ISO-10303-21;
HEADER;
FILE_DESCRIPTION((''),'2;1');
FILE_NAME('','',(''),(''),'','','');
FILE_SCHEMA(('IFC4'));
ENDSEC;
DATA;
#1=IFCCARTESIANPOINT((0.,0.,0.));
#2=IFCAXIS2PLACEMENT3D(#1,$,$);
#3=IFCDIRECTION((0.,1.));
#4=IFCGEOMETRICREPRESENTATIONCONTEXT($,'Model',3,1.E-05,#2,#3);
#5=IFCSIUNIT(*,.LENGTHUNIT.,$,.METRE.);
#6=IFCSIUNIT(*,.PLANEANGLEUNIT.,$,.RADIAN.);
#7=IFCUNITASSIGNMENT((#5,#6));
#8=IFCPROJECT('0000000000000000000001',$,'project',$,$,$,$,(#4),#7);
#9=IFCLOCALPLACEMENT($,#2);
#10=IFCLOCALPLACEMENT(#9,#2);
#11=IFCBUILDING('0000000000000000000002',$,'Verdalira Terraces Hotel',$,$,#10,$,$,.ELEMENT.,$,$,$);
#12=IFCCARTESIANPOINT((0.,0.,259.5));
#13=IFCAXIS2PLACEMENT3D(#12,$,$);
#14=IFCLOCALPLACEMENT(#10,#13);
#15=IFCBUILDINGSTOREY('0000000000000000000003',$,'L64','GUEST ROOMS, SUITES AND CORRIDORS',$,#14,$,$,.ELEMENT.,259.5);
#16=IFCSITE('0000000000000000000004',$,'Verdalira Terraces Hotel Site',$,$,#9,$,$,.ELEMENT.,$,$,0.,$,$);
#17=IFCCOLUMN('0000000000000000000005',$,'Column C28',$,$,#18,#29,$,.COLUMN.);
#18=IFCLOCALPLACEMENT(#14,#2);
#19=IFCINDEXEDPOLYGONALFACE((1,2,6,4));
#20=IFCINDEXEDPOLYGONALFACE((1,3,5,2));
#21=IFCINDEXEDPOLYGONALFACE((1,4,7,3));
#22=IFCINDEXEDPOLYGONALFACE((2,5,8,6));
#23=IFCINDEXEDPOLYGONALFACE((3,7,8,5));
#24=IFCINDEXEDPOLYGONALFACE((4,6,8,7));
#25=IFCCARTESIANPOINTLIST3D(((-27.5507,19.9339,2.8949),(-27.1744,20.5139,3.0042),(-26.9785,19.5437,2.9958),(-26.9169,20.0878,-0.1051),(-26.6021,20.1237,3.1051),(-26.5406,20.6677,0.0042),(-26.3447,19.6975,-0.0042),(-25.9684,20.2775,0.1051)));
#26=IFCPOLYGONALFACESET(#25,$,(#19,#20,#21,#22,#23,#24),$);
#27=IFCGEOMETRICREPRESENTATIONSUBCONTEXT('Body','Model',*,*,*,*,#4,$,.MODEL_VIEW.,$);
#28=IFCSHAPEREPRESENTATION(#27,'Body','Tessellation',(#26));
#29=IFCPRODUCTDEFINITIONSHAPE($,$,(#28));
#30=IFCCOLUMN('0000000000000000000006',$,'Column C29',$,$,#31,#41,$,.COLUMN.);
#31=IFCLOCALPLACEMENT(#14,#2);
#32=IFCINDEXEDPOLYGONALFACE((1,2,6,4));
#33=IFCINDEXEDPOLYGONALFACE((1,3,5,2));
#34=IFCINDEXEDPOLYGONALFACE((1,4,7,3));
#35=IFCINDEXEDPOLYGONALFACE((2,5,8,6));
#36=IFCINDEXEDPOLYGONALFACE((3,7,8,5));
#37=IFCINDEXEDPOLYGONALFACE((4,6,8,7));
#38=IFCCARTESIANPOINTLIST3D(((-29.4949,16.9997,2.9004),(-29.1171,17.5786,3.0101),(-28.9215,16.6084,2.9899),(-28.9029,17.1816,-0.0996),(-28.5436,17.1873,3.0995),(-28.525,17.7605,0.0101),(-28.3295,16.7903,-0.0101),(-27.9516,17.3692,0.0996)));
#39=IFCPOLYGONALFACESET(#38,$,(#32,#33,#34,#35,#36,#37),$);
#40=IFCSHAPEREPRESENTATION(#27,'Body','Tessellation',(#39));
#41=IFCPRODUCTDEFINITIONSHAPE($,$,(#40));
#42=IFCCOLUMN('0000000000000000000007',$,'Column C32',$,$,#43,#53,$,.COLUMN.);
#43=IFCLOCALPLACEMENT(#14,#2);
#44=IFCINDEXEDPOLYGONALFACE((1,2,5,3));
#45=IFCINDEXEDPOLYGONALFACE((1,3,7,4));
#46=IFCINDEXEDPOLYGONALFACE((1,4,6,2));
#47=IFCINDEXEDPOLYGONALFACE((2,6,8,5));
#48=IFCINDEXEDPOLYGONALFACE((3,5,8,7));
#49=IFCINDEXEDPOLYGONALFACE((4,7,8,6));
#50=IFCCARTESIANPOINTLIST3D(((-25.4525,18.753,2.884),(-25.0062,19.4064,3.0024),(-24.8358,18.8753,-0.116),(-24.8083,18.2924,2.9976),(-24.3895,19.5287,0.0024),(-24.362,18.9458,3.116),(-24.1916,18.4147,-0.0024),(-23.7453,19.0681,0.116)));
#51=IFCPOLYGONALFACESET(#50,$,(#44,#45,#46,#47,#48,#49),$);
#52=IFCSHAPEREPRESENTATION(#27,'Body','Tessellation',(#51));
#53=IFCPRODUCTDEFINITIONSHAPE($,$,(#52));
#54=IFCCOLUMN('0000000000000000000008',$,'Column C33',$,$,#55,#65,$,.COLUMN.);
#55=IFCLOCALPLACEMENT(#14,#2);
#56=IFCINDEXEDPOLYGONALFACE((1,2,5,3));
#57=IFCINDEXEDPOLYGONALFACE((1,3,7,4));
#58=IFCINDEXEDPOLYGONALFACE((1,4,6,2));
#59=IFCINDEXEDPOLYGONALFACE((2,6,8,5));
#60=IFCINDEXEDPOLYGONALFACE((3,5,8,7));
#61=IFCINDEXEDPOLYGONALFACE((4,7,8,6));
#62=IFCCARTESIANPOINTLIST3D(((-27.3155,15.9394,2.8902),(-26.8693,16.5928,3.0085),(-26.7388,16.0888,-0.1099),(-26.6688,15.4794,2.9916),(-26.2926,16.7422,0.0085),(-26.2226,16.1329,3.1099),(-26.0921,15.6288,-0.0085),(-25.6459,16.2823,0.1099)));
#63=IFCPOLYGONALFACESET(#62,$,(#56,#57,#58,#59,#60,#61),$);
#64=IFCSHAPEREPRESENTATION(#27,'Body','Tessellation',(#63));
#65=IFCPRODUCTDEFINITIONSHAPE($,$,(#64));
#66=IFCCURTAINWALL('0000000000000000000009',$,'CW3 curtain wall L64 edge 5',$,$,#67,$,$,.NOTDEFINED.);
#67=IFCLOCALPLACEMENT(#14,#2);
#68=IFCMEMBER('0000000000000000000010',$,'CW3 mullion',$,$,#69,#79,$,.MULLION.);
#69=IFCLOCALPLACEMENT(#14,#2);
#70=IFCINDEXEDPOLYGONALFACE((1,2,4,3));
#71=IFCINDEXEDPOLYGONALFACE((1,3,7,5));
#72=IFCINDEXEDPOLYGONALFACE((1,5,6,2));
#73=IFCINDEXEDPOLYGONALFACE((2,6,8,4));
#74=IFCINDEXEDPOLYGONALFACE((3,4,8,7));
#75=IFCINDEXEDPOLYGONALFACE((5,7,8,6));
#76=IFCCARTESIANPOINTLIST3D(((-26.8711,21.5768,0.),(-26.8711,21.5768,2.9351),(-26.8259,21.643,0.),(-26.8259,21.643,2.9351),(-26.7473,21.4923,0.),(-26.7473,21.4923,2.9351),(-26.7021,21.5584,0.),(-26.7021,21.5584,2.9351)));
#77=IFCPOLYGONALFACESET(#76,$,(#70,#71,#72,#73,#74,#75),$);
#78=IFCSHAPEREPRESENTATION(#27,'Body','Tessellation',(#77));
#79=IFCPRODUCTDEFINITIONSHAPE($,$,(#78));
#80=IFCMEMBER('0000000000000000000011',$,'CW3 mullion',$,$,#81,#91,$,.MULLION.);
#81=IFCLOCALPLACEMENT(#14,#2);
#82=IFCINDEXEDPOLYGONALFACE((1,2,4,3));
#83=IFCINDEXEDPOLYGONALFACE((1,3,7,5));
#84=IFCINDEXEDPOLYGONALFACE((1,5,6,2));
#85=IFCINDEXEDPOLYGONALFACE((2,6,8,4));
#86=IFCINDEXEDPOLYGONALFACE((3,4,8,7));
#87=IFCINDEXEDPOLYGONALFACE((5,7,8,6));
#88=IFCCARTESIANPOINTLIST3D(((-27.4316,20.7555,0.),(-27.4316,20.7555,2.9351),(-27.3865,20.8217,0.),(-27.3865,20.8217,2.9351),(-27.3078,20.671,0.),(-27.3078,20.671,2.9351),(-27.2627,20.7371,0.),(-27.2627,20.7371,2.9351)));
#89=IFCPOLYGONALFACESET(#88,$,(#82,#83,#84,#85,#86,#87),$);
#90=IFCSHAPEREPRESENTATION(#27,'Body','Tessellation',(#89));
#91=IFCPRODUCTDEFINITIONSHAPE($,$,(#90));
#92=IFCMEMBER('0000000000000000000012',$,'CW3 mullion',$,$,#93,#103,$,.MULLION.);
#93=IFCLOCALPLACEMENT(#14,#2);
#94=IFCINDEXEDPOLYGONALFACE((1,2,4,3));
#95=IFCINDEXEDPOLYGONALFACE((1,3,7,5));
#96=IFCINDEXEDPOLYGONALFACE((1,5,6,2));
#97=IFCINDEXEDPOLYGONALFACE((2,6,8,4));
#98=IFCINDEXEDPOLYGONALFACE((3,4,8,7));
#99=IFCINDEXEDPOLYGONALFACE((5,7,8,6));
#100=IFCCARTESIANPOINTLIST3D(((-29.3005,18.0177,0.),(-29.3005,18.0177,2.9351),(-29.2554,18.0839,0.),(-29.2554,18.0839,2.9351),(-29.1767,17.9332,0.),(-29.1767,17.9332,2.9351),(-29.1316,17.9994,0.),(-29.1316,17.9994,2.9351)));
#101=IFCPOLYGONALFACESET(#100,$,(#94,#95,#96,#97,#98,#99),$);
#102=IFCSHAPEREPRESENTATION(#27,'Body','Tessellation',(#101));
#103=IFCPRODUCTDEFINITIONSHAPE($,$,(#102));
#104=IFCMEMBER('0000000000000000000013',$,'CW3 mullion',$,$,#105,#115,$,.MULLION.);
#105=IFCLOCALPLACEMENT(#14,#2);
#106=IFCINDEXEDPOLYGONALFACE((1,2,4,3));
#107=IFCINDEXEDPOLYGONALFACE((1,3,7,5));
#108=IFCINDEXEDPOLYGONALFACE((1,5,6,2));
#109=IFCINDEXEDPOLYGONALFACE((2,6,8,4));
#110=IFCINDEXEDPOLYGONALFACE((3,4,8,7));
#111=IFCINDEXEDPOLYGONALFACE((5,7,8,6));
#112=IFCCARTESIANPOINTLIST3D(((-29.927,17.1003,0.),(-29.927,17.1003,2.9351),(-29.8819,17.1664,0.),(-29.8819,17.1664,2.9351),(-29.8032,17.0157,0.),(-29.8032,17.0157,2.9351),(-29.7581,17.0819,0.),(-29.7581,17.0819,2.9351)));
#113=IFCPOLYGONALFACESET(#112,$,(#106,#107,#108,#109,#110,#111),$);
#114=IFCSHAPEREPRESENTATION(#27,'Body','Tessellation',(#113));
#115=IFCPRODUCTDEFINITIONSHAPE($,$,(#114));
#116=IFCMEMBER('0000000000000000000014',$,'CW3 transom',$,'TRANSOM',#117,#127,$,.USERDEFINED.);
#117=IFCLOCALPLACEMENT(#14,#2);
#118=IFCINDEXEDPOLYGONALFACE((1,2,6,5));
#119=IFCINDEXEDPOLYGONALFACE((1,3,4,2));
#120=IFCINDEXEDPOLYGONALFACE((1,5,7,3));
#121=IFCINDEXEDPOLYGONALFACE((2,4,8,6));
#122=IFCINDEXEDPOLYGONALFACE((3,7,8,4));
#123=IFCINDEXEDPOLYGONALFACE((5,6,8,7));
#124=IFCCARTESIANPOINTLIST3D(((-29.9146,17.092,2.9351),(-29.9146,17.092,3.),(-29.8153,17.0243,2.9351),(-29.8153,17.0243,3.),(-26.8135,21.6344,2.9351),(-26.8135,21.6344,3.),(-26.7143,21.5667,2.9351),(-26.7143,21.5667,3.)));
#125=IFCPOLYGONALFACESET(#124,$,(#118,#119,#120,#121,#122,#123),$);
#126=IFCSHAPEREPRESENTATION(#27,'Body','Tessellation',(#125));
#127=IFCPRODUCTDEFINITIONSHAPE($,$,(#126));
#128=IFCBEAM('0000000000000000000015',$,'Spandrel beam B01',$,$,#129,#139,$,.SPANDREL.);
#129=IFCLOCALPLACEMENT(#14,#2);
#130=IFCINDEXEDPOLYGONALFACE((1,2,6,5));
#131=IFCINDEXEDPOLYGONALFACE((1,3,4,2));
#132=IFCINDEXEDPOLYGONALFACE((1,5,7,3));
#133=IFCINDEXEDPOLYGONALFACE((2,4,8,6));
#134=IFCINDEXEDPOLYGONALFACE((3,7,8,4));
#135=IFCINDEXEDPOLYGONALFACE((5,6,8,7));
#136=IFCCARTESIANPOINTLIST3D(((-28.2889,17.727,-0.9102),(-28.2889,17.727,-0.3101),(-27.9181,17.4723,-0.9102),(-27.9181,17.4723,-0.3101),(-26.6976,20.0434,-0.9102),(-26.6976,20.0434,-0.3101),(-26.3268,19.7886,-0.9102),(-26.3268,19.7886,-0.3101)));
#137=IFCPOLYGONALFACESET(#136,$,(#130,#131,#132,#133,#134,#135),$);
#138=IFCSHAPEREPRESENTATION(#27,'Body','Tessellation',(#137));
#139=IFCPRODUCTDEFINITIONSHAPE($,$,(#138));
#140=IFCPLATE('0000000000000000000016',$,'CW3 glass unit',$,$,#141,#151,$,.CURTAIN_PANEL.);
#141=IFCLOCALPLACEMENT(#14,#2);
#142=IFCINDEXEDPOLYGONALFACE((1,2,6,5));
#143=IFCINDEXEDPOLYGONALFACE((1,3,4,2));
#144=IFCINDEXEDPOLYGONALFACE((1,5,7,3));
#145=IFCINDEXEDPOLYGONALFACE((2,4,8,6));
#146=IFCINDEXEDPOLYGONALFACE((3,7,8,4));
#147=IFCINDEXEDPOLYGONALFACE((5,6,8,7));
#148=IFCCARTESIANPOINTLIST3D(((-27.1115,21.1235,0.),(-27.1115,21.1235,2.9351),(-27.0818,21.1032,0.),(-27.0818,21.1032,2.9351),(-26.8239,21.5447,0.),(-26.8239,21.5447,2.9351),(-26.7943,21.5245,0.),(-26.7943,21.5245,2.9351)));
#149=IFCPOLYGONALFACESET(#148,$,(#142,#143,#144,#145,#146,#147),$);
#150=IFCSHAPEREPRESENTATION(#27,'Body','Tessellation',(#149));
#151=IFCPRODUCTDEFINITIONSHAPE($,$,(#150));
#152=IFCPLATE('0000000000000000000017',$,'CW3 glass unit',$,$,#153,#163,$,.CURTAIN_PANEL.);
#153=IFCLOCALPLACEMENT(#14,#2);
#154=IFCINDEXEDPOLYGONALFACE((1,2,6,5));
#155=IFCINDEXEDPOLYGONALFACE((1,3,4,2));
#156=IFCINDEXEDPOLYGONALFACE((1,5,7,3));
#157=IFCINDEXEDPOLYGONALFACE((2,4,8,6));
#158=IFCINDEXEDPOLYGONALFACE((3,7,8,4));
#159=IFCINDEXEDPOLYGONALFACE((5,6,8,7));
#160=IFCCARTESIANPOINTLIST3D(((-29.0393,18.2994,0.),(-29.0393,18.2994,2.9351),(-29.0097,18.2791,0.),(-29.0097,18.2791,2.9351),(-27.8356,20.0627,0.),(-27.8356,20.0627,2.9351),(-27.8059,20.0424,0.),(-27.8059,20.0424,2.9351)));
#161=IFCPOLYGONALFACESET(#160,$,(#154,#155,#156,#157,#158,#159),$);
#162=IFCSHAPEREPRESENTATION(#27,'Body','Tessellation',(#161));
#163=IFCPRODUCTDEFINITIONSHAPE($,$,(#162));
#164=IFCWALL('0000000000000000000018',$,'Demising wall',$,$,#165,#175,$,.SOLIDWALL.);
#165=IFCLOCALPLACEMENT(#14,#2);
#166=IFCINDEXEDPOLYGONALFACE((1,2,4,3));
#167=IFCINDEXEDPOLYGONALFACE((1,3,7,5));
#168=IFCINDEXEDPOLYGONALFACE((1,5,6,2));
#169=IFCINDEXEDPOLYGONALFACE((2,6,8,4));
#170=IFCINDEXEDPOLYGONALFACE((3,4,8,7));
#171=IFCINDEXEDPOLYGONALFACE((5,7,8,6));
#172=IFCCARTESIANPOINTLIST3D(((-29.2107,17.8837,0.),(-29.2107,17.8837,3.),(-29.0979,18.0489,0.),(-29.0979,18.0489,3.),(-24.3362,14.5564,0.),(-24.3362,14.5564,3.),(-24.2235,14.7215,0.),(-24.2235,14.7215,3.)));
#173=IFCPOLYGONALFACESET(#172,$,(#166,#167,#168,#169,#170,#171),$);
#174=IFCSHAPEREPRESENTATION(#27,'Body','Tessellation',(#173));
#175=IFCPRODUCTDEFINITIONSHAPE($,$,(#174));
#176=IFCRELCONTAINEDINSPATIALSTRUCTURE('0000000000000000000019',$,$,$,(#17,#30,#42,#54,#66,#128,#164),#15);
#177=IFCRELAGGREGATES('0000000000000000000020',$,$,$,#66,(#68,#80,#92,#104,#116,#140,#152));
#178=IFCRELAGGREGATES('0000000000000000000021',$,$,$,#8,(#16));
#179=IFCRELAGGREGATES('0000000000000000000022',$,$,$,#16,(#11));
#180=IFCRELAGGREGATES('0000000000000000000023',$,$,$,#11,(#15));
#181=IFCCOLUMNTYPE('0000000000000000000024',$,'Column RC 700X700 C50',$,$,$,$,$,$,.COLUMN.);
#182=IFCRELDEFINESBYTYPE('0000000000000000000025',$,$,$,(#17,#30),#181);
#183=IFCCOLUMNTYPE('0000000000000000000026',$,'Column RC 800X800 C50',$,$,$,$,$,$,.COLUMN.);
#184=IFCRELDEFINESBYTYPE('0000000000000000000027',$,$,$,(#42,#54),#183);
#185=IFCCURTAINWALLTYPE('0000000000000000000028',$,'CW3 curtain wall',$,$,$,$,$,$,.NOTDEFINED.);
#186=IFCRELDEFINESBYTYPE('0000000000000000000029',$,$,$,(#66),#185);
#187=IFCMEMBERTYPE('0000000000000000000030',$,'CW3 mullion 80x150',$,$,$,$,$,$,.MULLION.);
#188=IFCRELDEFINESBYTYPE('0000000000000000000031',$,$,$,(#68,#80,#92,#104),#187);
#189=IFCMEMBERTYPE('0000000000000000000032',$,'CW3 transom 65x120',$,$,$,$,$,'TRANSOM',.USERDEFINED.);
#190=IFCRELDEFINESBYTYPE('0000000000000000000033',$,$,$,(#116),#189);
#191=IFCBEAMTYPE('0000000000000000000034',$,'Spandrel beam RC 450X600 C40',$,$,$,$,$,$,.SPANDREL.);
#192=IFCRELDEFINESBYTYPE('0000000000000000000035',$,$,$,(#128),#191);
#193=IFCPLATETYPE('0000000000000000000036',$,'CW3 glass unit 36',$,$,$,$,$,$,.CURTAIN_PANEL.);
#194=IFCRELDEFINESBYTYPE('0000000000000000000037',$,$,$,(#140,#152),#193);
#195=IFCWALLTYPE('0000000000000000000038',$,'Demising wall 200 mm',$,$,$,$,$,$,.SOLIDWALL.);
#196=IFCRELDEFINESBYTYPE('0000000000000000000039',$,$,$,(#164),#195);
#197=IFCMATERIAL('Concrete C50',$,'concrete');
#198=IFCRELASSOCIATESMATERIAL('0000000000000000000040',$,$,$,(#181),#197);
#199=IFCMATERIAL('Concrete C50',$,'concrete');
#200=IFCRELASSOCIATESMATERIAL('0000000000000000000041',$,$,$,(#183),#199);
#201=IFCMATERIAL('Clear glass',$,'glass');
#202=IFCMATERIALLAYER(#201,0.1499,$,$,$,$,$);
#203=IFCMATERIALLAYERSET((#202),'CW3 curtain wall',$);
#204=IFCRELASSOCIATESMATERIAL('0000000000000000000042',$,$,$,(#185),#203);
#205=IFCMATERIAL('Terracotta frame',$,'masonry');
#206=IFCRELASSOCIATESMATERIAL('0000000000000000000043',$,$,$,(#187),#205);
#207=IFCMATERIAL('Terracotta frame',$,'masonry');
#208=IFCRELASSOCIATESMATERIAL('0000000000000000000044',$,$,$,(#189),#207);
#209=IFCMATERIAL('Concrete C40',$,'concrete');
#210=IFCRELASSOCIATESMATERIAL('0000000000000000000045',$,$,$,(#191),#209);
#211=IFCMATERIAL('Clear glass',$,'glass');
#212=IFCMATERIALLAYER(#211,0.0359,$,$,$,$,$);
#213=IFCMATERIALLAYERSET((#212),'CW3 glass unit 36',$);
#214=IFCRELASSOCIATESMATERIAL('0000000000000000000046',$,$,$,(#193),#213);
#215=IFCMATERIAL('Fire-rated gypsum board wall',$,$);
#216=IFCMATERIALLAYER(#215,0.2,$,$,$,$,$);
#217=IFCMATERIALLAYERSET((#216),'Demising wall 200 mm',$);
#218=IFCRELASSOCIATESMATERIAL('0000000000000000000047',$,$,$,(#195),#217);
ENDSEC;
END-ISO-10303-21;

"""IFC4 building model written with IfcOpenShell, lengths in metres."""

from ifc_helpers import new_model, si_unit, direction, frame, frame_2d, origin, origin_2d, place, context, subcontext, project, spatial, rectangle, extrude, material, layer, layer_set, material_profile, profile_set, type_object, element, aggregate, save


model = new_model("IFC4")

# Units and contexts
model_context = context("Model", 3, precision=1e-05, world=origin(), true_north=direction((0.0, 1.0)))
body_context = subcontext(model_context, "Body", "Model", "MODEL_VIEW")
ifc_project = project(units=[si_unit("LENGTHUNIT", "METRE"), si_unit("PLANEANGLEUNIT", "RADIAN")], contexts=[model_context])

# Site, building, storey
site_placement = place(None, origin())
site = spatial("IfcSite", under=ifc_project, at=site_placement, Name="Verdalira Terraces Hotel Site", CompositionType="ELEMENT", RefElevation=0.0)
building_placement = place(site_placement, origin())
building = spatial("IfcBuilding", under=site, at=building_placement, Name="Verdalira Terraces Hotel", CompositionType="ELEMENT")
storey_placement = place(building_placement, frame((0.0, 0.0, 259.5)))
storey = spatial("IfcBuildingStorey", under=building, at=storey_placement, Name="L64", Description="GUEST ROOMS, SUITES AND CORRIDORS", CompositionType="ELEMENT", Elevation=259.5)

# Columns
ifc_material_1 = material(Name="Concrete C50", Category="concrete")
ifc_material_profile_1 = material_profile(ifc_material_1, rectangle(XDim=0.7, YDim=0.7, at=origin_2d()), Name="RC 700X700")
ifc_profile_set_1 = profile_set([ifc_material_profile_1], Name="Concrete C50")
column_type_1 = type_object("IfcColumnType", Name="Column RC 700X700 C50", PredefinedType="COLUMN", material=ifc_profile_set_1)
column_1_placement = place(storey_placement, frame((-26.4426, 20.1826, 0.0), z_axis=(-0.206441, -0.050099, 0.977176), x_axis=(-0.537612, -0.828625, -0.156061)))
element("IfcColumn", 1, at=column_1_placement, inside=storey, type_object=column_type_1, Name="Column C28", PredefinedType="COLUMN", context=body_context, shape_type="SweptSolid", body=[
    extrude(rectangle(XDim=0.7, YDim=0.7, at=origin_2d()), origin(), (0.0, 0.0, 1.0), 3.0701),
])
column_2_placement = place(storey_placement, frame((-28.4272, 17.2754, 0.0), z_axis=(-0.193271, -0.059376, 0.979347), x_axis=(-0.53986, -0.827044, -0.156682)))
element("IfcColumn", 2, at=column_2_placement, inside=storey, type_object=column_type_1, Name="Column C29", PredefinedType="COLUMN", context=body_context, shape_type="SweptSolid", body=[
    extrude(rectangle(XDim=0.7, YDim=0.7, at=origin_2d()), origin(), (0.0, 0.0, 1.0), 3.0632),
])
ifc_material_2 = material(Name="Concrete C50", Category="concrete")
ifc_material_profile_2 = material_profile(ifc_material_2, rectangle(XDim=0.8, YDim=0.8, at=origin_2d()), Name="RC 800X800")
ifc_profile_set_2 = profile_set([ifc_material_profile_2], Name="Concrete C50")
column_type_2 = type_object("IfcColumnType", Name="Column RC 800X800 C50", PredefinedType="COLUMN", material=ifc_profile_set_2)
column_3_placement = place(storey_placement, frame((-24.2905, 18.9717, 0.0), z_axis=(-0.201196, -0.039905, 0.978738), x_axis=(-0.805215, 0.575717, -0.142052)))
element("IfcColumn", 3, at=column_3_placement, inside=storey, type_object=column_type_2, Name="Column C32", PredefinedType="COLUMN", context=body_context, shape_type="SweptSolid", body=[
    extrude(rectangle(XDim=0.8, YDim=0.8, at=origin_2d()), origin(), (0.0, 0.0, 1.0), 3.0652),
])
column_4_placement = place(storey_placement, frame((-26.1924, 16.1855, 0.0), z_axis=(-0.188539, -0.048851, 0.98085), x_axis=(-0.808333, 0.57492, -0.126744)))
element("IfcColumn", 4, at=column_4_placement, inside=storey, type_object=column_type_2, Name="Column C33", PredefinedType="COLUMN", context=body_context, shape_type="SweptSolid", body=[
    extrude(rectangle(XDim=0.8, YDim=0.8, at=origin_2d()), origin(), (0.0, 0.0, 1.0), 3.0586),
])

# Curtain wall, members
ifc_material_3 = material(Name="Clear glass", Category="glass")
ifc_layer_1 = layer(ifc_material_3, 0.1499)
ifc_layer_set_1 = layer_set([ifc_layer_1], Name="CW3 curtain wall")
curtain_wall_type = type_object("IfcCurtainWallType", Name="CW3 curtain wall", PredefinedType="NOTDEFINED", material=ifc_layer_set_1)
curtain_wall_placement = place(storey_placement, origin())
curtain_wall = element("IfcCurtainWall", 5, at=curtain_wall_placement, inside=storey, type_object=curtain_wall_type, Name="CW3 curtain wall L64 edge 5", PredefinedType="NOTDEFINED")
ifc_material_4 = material(Name="Terracotta frame", Category="masonry")
ifc_material_profile_3 = material_profile(ifc_material_4, rectangle(XDim=0.0801, YDim=0.1499, at=origin_2d()), Name="MU 80x150")
ifc_profile_set_3 = profile_set([ifc_material_profile_3], Name="Terracotta frame")
member_type_1 = type_object("IfcMemberType", Name="CW3 mullion 80x150", PredefinedType="MULLION", material=ifc_profile_set_3)
member_1_placement = place(storey_placement, frame((-26.7866, 21.5676, 0.0), z_axis=(0.0, 0.0, 1.0), x_axis=(-0.563814, -0.825902, 0.0)))
member_1 = element("IfcMember", 6, at=member_1_placement, type_object=member_type_1, Name="CW3 mullion", PredefinedType="MULLION", context=body_context, shape_type="SweptSolid", body=[
    extrude(rectangle(XDim=0.0801, YDim=0.1499, at=origin_2d()), origin(), (0.0, 0.0, 1.0), 2.9351),
])
member_2_placement = place(storey_placement, frame((-27.3472, 20.7463, 0.0), z_axis=(0.0, 0.0, 1.0), x_axis=(-0.563814, -0.825902, 0.0)))
member_2 = element("IfcMember", 7, at=member_2_placement, type_object=member_type_1, Name="CW3 mullion", PredefinedType="MULLION", context=body_context, shape_type="SweptSolid", body=[
    extrude(rectangle(XDim=0.0801, YDim=0.1499, at=origin_2d()), origin(), (0.0, 0.0, 1.0), 2.9351),
])
member_3_placement = place(storey_placement, frame((-29.2161, 18.0085, 0.0), z_axis=(0.0, 0.0, 1.0), x_axis=(-0.563814, -0.825902, 0.0)))
member_3 = element("IfcMember", 8, at=member_3_placement, type_object=member_type_1, Name="CW3 mullion", PredefinedType="MULLION", context=body_context, shape_type="SweptSolid", body=[
    extrude(rectangle(XDim=0.0801, YDim=0.1499, at=origin_2d()), origin(), (0.0, 0.0, 1.0), 2.9351),
])
member_4_placement = place(storey_placement, frame((-29.8425, 17.0911, 0.0), z_axis=(0.0, 0.0, 1.0), x_axis=(-0.563814, -0.825902, 0.0)))
member_4 = element("IfcMember", 9, at=member_4_placement, type_object=member_type_1, Name="CW3 mullion", PredefinedType="MULLION", context=body_context, shape_type="SweptSolid", body=[
    extrude(rectangle(XDim=0.0801, YDim=0.1499, at=origin_2d()), origin(), (0.0, 0.0, 1.0), 2.9351),
])
ifc_material_5 = material(Name="Terracotta frame", Category="masonry")
ifc_material_profile_4 = material_profile(ifc_material_5, rectangle(XDim=0.1201, YDim=0.0649, at=origin_2d()), Name="TR 65x120")
ifc_profile_set_4 = profile_set([ifc_material_profile_4], Name="Terracotta frame")
member_type_2 = type_object("IfcMemberType", Name="CW3 transom 65x120", ElementType="TRANSOM", PredefinedType="USERDEFINED", material=ifc_profile_set_4)
member_5_placement = place(storey_placement, frame((-26.7639, 21.6006, 2.9675), z_axis=(-0.563824, -0.825895, 0.0), x_axis=(0.825895, -0.563824, 0.0)))
member_5 = element("IfcMember", 10, at=member_5_placement, type_object=member_type_2, Name="CW3 transom", ObjectType="TRANSOM", PredefinedType="USERDEFINED", context=body_context, shape_type="SweptSolid", body=[
    extrude(rectangle(XDim=0.1201, YDim=0.0649, at=origin_2d()), origin(), (0.0, 0.0, 1.0), 5.5),
])

# Beam
ifc_material_6 = material(Name="Concrete C40", Category="concrete")
ifc_material_profile_5 = material_profile(ifc_material_6, rectangle(XDim=0.45, YDim=0.6001, at=origin_2d()), Name="RC 450X600")
ifc_profile_set_5 = profile_set([ifc_material_profile_5], Name="Concrete C40")
beam_type = type_object("IfcBeamType", Name="Spandrel beam RC 450X600 C40", PredefinedType="SPANDREL", material=ifc_profile_set_5)
beam_placement = place(storey_placement, frame((-26.5122, 19.916, -0.6101), z_axis=(-0.566234, -0.824245, 0.0), x_axis=(0.824245, -0.566234, 0.0)))
element("IfcBeam", 11, at=beam_placement, inside=storey, type_object=beam_type, Name="Spandrel beam B01", PredefinedType="SPANDREL", context=body_context, shape_type="SweptSolid", body=[
    extrude(rectangle(XDim=0.45, YDim=0.6001, at=origin_2d()), origin(), (0.0, 0.0, 1.0), 2.8103),
])

# Plates
ifc_material_7 = material(Name="Clear glass", Category="glass")
ifc_layer_2 = layer(ifc_material_7, 0.0359)
ifc_layer_set_2 = layer_set([ifc_layer_2], Name="CW3 glass unit 36")
plate_type = type_object("IfcPlateType", Name="CW3 glass unit 36", PredefinedType="CURTAIN_PANEL", material=ifc_layer_set_2)
plate_1_placement = place(storey_placement, frame((-26.9529, 21.324, 0.0), z_axis=(0.0, 0.0, 1.0), x_axis=(-0.563814, -0.825902, 0.0)))
plate_1 = element("IfcPlate", 12, at=plate_1_placement, type_object=plate_type, Name="CW3 glass unit", PredefinedType="CURTAIN_PANEL", context=body_context, shape_type="SweptSolid", body=[
    extrude(rectangle(XDim=0.51, YDim=0.0359, at=origin_2d()), origin(), (0.0, 0.0, 1.0), 2.9351),
])
plate_2_placement = place(storey_placement, frame((-28.4226, 19.1709, 0.0), z_axis=(0.0, 0.0, 1.0), x_axis=(-0.563814, -0.825902, 0.0)))
plate_2 = element("IfcPlate", 13, at=plate_2_placement, type_object=plate_type, Name="CW3 glass unit", PredefinedType="CURTAIN_PANEL", context=body_context, shape_type="SweptSolid", body=[
    extrude(rectangle(XDim=2.135, YDim=0.0359, at=origin_2d()), origin(), (0.0, 0.0, 1.0), 2.9351),
])
aggregate(curtain_wall, [member_1, member_2, member_3, member_4, member_5, plate_1, plate_2])

# Wall
ifc_material_8 = material(Name="Fire-rated gypsum board wall")
ifc_layer_3 = layer(ifc_material_8, 0.2)
ifc_layer_set_3 = layer_set([ifc_layer_3], Name="Demising wall 200 mm")
wall_type_1 = type_object("IfcWallType", Name="Demising wall 200 mm", PredefinedType="SOLIDWALL", material=ifc_layer_set_3)
for number, where, z_axis, x_axis, name in (
    (14, (-29.1543, 17.9663, 0.0), (0.0, 0.0, 1.0), (0.825923, -0.563783, 0.0), "Demising wall"),
):
    element("IfcWall", number, at=place(storey_placement, frame(where, z_axis=z_axis, x_axis=x_axis)), inside=storey, type_object=wall_type_1, Name=name, PredefinedType="SOLIDWALL", context=body_context, shape_type="SweptSolid", body=[
        extrude(rectangle(XDim=5.9019, YDim=0.2, at=frame_2d((2.9509, 0.0))), origin(), (0.0, 0.0, 1.0), 3.0),
    ])

save(model, "model.ifc")
